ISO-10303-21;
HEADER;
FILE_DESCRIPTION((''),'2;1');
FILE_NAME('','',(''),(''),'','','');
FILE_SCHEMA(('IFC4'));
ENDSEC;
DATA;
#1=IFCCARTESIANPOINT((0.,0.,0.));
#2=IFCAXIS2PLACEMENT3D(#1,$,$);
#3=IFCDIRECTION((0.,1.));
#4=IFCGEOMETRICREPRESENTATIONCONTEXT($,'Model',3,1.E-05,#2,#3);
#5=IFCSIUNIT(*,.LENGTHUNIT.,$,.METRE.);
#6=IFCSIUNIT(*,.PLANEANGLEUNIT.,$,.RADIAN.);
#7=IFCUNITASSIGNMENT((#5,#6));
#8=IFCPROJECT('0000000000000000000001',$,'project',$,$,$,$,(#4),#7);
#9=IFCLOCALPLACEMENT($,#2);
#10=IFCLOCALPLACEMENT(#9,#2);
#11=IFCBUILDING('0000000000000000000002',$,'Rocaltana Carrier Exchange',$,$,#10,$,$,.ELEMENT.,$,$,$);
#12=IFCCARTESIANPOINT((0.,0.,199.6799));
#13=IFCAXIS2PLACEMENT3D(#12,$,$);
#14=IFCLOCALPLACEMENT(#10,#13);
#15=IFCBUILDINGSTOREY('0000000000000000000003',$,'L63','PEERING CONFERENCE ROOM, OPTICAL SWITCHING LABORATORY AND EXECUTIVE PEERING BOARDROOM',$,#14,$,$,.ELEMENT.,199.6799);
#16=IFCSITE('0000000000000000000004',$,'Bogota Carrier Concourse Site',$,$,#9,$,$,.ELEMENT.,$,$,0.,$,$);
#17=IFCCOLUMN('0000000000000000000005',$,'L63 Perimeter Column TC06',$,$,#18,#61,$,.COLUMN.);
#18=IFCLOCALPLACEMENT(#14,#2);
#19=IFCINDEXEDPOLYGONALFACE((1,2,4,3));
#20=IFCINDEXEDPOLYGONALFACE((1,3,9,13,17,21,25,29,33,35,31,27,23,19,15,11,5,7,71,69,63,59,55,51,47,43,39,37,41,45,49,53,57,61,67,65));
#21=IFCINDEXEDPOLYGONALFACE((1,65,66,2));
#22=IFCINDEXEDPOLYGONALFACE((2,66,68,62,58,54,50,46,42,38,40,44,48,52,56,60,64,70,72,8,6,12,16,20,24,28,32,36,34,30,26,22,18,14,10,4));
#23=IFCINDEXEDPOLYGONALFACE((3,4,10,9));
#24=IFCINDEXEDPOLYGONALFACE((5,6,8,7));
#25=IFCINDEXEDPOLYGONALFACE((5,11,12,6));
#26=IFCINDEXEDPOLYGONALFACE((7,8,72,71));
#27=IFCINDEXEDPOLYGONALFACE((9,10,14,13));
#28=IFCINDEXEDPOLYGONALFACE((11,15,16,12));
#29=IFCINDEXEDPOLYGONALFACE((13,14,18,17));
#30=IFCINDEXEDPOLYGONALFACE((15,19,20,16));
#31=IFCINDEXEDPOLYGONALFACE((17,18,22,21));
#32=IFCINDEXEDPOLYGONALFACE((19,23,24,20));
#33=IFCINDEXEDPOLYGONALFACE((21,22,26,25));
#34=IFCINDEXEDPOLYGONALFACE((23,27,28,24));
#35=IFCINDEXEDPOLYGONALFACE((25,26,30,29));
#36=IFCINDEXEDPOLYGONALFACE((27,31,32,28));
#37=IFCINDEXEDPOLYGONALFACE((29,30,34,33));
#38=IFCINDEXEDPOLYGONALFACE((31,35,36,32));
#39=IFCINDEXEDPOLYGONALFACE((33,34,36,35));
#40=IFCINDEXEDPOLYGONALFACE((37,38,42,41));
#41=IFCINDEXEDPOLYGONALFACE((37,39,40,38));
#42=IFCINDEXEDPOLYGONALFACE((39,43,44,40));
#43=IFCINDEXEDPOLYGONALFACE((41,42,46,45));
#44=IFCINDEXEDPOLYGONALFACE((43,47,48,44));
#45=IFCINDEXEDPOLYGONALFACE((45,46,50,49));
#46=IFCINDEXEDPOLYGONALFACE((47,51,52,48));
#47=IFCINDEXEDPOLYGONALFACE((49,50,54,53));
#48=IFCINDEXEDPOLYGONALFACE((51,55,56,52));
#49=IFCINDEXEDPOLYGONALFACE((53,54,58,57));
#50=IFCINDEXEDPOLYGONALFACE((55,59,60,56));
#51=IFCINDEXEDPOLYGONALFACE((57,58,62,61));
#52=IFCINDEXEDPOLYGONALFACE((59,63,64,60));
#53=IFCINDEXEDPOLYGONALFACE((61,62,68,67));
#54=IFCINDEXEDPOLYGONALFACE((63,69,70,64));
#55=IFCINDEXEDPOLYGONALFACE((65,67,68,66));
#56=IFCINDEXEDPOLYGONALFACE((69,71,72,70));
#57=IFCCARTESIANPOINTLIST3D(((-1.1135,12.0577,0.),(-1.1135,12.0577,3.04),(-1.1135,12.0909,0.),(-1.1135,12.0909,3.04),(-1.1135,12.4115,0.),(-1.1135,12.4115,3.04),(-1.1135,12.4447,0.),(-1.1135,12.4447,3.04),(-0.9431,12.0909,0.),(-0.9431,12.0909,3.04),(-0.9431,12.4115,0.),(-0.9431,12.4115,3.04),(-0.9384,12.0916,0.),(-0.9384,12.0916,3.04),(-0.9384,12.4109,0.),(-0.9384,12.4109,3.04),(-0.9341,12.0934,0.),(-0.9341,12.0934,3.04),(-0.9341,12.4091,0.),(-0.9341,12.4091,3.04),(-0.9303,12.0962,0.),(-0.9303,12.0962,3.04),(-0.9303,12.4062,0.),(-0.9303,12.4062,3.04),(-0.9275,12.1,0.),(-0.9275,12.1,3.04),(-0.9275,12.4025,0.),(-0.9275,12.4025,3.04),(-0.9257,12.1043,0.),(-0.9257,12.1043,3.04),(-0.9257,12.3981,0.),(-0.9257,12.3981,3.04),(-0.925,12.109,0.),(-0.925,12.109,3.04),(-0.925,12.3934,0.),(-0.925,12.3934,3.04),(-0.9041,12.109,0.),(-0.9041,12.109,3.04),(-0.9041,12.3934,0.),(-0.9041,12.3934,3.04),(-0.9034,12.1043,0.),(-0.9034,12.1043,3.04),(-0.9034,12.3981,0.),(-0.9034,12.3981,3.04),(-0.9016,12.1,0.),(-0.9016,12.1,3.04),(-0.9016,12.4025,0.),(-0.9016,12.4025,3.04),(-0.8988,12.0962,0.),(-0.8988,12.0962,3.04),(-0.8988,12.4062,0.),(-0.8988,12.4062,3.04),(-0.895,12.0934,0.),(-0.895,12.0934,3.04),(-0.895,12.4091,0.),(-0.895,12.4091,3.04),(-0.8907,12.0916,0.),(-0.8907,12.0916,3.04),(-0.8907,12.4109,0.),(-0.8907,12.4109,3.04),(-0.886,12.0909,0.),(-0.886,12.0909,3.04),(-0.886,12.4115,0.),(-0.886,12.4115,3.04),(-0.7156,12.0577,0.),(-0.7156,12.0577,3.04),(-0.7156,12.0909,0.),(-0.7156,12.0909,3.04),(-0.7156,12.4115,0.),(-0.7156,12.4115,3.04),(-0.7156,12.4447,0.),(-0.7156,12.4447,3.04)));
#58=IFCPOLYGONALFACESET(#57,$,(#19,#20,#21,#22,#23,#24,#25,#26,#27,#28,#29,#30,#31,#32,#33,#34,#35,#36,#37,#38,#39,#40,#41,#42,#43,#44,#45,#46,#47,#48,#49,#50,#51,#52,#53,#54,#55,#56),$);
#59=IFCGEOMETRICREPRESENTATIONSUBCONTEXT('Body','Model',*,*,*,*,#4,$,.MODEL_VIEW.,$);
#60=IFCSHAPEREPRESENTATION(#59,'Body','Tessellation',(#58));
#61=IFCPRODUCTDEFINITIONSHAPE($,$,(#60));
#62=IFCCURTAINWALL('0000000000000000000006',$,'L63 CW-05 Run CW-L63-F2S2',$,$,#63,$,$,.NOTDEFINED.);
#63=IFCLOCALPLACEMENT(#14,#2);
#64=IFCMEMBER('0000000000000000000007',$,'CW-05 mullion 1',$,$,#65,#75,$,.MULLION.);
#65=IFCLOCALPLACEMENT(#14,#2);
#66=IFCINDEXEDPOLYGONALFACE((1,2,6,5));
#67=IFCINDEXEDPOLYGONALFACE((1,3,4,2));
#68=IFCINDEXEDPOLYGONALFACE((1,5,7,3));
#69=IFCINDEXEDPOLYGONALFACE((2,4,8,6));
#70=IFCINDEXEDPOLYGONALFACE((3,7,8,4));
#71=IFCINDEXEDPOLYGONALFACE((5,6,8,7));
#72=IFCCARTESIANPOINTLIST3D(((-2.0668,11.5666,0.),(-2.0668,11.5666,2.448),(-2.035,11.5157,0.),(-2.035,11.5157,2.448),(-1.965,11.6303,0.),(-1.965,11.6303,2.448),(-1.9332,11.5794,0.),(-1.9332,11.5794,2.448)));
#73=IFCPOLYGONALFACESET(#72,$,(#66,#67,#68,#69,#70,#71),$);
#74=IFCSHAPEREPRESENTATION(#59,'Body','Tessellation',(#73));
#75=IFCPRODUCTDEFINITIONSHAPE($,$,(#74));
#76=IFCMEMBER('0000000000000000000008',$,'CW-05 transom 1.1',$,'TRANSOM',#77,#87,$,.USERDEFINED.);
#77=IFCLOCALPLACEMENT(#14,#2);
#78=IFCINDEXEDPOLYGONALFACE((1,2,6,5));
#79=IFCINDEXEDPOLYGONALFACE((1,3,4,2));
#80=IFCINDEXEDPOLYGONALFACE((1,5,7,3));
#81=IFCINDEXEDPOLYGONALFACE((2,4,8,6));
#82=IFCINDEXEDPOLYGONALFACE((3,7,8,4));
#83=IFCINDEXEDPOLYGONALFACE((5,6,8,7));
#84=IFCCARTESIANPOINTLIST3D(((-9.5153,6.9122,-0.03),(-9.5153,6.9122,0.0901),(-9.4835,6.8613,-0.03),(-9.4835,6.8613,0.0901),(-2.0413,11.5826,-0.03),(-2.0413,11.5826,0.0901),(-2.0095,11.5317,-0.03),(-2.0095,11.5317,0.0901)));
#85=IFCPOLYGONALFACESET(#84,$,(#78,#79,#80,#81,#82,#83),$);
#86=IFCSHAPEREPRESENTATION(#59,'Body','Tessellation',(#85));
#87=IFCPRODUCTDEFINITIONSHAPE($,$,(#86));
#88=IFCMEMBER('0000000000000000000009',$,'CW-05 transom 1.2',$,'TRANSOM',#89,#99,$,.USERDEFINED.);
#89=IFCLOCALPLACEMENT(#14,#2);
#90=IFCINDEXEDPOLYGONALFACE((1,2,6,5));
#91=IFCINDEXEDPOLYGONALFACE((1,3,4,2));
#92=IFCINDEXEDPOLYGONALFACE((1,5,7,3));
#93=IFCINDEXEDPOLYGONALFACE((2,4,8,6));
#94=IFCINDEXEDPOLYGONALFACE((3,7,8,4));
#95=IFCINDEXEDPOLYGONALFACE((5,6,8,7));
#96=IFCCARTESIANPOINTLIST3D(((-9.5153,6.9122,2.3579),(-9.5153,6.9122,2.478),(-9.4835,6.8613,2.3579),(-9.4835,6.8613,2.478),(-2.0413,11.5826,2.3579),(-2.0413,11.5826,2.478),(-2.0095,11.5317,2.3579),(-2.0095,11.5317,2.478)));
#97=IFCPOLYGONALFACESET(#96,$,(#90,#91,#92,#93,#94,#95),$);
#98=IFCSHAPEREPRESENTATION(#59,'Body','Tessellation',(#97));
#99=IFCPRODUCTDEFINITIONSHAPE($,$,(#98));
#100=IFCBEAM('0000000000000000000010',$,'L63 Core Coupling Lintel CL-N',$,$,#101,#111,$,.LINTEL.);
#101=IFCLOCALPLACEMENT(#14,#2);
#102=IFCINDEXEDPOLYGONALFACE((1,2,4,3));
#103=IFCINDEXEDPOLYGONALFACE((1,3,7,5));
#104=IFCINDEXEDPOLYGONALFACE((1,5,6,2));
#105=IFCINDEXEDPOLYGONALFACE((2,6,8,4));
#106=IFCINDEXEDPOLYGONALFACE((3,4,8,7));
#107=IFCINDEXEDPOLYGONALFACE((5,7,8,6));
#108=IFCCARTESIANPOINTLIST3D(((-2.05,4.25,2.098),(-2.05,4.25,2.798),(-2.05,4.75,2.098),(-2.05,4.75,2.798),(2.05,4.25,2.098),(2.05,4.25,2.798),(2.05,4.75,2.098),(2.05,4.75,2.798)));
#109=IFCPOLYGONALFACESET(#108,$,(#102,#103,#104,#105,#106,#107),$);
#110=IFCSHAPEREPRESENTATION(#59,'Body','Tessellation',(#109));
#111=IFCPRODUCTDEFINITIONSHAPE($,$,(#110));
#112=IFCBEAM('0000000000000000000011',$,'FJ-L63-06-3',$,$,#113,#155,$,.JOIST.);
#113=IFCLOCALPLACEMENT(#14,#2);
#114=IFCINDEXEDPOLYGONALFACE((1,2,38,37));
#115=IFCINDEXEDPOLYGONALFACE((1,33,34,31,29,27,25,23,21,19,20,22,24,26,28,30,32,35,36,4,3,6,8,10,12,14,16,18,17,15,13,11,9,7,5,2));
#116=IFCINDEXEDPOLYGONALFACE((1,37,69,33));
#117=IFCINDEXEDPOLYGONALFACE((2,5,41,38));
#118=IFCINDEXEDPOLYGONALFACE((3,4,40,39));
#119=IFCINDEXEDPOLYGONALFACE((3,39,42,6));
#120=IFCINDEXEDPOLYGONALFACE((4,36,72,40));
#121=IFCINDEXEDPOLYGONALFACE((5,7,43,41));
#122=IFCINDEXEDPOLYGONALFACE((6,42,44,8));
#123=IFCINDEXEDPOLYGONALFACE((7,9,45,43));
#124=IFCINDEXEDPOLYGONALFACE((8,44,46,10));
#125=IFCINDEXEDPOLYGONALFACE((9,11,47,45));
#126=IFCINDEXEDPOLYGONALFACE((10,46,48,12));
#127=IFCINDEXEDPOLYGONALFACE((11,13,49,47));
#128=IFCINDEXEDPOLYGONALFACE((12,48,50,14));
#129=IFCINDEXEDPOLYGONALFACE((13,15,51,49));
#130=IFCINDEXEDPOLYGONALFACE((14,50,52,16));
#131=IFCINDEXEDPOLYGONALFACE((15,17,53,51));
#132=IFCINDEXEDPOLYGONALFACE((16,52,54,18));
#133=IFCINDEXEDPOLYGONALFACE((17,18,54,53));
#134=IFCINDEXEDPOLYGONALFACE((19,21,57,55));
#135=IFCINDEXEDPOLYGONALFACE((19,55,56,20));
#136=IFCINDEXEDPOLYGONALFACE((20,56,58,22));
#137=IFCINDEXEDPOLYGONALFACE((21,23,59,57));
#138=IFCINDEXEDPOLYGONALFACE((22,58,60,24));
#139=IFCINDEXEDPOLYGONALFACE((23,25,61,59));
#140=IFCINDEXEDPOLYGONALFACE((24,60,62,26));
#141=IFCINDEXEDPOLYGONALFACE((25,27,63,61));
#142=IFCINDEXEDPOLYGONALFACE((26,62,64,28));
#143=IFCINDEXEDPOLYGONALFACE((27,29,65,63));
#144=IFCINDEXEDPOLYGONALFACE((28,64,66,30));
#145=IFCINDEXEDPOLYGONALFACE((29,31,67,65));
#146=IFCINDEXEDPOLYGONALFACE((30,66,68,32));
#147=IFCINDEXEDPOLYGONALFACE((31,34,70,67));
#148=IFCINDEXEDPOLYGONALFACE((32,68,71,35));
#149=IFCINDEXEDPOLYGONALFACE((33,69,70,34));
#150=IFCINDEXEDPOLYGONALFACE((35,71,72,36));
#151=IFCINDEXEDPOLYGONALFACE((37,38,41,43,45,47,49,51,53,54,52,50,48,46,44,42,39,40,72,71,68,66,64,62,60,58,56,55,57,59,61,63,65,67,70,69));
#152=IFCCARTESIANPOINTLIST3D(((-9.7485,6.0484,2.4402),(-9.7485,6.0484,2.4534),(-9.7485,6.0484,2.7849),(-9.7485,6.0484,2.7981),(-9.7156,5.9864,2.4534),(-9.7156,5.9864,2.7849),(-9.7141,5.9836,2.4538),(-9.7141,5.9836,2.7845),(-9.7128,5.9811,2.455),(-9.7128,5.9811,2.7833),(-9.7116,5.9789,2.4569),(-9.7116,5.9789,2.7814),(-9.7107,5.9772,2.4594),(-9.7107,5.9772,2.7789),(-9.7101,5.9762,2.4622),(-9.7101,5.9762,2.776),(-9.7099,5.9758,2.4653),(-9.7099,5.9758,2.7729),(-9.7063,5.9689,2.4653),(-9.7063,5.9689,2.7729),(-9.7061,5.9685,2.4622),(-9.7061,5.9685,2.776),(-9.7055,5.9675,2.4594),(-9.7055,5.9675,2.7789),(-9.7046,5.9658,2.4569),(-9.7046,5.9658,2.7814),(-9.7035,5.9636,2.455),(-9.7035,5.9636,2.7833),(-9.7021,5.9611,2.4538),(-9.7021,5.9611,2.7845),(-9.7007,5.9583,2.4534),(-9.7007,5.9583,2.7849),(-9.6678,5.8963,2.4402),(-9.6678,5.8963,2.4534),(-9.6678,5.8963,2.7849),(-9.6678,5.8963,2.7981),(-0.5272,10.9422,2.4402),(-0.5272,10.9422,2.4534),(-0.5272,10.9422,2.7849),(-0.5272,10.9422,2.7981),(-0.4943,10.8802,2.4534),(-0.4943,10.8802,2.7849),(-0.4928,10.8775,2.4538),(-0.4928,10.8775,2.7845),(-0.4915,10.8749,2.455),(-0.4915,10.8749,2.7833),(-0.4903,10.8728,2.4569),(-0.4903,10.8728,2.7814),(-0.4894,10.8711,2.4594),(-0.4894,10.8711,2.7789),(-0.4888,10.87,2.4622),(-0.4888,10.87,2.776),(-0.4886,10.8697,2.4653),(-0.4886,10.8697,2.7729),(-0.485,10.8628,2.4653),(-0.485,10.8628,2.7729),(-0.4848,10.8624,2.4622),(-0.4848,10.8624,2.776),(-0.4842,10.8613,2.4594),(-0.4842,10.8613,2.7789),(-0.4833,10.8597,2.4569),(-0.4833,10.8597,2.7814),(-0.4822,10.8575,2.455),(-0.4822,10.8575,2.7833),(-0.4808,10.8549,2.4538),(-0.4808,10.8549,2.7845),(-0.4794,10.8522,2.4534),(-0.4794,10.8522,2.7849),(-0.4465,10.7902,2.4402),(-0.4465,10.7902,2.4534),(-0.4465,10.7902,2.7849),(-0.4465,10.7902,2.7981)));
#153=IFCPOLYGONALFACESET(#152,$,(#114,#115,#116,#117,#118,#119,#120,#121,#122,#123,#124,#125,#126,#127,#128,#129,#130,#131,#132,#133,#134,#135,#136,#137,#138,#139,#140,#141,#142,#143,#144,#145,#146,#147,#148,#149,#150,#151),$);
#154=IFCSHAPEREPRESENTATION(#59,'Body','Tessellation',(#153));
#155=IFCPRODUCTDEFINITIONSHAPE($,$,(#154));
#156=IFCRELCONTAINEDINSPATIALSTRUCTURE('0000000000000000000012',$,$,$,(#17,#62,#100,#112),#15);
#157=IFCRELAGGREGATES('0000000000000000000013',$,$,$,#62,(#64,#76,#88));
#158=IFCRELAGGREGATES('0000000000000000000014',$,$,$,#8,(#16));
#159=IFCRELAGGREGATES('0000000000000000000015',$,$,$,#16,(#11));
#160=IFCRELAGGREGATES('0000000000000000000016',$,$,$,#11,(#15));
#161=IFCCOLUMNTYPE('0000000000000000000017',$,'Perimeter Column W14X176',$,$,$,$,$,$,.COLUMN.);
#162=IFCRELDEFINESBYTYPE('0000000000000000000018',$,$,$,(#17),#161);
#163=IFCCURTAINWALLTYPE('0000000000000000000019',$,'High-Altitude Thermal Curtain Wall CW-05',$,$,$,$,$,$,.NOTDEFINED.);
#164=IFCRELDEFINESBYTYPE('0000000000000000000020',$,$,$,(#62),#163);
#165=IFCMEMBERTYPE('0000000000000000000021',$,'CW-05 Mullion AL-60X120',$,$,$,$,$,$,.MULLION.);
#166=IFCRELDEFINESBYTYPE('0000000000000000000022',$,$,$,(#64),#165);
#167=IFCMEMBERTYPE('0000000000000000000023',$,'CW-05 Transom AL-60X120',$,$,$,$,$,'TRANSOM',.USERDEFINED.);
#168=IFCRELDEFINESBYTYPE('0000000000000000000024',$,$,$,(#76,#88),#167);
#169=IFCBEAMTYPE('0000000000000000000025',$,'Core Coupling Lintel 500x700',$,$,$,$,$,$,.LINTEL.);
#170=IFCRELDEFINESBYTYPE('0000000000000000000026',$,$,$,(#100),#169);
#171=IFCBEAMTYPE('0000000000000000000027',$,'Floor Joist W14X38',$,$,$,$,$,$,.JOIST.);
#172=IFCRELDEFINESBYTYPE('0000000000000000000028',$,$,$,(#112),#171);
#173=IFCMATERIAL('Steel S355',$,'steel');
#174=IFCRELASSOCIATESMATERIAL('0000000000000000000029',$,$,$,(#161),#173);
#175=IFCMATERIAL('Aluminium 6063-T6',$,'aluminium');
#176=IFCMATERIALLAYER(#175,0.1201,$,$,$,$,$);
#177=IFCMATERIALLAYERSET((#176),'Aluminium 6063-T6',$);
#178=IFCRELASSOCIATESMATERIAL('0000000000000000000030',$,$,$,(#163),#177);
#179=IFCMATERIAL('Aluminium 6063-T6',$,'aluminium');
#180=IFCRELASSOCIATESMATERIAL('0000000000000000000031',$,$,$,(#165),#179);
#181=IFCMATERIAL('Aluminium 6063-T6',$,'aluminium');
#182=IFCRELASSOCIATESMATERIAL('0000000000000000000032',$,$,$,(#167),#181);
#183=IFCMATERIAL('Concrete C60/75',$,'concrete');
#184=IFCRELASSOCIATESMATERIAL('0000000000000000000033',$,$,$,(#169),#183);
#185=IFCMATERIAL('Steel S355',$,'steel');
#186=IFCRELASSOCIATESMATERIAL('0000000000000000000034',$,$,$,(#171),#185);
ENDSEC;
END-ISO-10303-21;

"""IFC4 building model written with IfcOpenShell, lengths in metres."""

from ifc_helpers import new_model, si_unit, direction, frame, origin, origin_2d, place, context, subcontext, project, spatial, rectangle, i_section, extrude, material, layer, layer_set, material_profile, profile_set, type_object, element, aggregate, save


model = new_model("IFC4")

# Units and contexts
model_context = context("Model", 3, precision=1e-05, world=origin(), true_north=direction((0.0, 1.0)))
body_context = subcontext(model_context, "Body", "Model", "MODEL_VIEW")
ifc_project = project(units=[si_unit("LENGTHUNIT", "METRE"), si_unit("PLANEANGLEUNIT", "RADIAN")], contexts=[model_context])

# Site, building, storey
site_placement = place(None, origin())
site = spatial("IfcSite", under=ifc_project, at=site_placement, Name="Bogota Carrier Concourse Site", CompositionType="ELEMENT", RefElevation=0.0)
building_placement = place(site_placement, origin())
building = spatial("IfcBuilding", under=site, at=building_placement, Name="Rocaltana Carrier Exchange", CompositionType="ELEMENT")
storey_placement = place(building_placement, frame((0.0, 0.0, 199.6799)))
storey = spatial("IfcBuildingStorey", under=building, at=storey_placement, Name="L63", Description="PEERING CONFERENCE ROOM, OPTICAL SWITCHING LABORATORY AND EXECUTIVE PEERING BOARDROOM", CompositionType="ELEMENT", Elevation=199.6799)

# Column
ifc_material_1 = material(Name="Steel S355", Category="steel")
ifc_material_profile_1 = material_profile(ifc_material_1, i_section(OverallWidth=0.3979, OverallDepth=0.387, WebThickness=0.021, FlangeThickness=0.0332, FilletRadius=0.0181, at=origin_2d()), Name="W14X176")
ifc_profile_set_1 = profile_set([ifc_material_profile_1], Name="Steel S355")
column_type = type_object("IfcColumnType", Name="Perimeter Column W14X176", PredefinedType="COLUMN", material=ifc_profile_set_1)
column_placement = place(storey_placement, frame((-0.9146, 12.2512, 0.0), z_axis=(0.0, 0.0, 1.0), x_axis=(1.0, 0.0, 0.0)))
element("IfcColumn", 1, at=column_placement, inside=storey, type_object=column_type, Name="L63 Perimeter Column TC06", PredefinedType="COLUMN", context=body_context, shape_type="SweptSolid", body=[
    extrude(i_section(OverallWidth=0.3979, OverallDepth=0.387, WebThickness=0.021, FlangeThickness=0.0332, FilletRadius=0.0181, at=origin_2d()), origin(), (0.0, 0.0, 1.0), 3.04),
])

# Curtain wall, members
ifc_material_2 = material(Name="Aluminium 6063-T6", Category="aluminium")
ifc_layer_1 = layer(ifc_material_2, 0.1201)
ifc_layer_set_1 = layer_set([ifc_layer_1], Name="Aluminium 6063-T6")
curtain_wall_type = type_object("IfcCurtainWallType", Name="High-Altitude Thermal Curtain Wall CW-05", PredefinedType="NOTDEFINED", material=ifc_layer_set_1)
curtain_wall_placement = place(storey_placement, origin())
curtain_wall = element("IfcCurtainWall", 2, at=curtain_wall_placement, inside=storey, type_object=curtain_wall_type, Name="L63 CW-05 Run CW-L63-F2S2", PredefinedType="NOTDEFINED")
ifc_material_3 = material(Name="Aluminium 6063-T6", Category="aluminium")
ifc_material_profile_2 = material_profile(ifc_material_3, rectangle(XDim=0.0601, YDim=0.1201, at=origin_2d()), Name="AL-60X120")
ifc_profile_set_2 = profile_set([ifc_material_profile_2], Name="Aluminium 6063-T6")
member_type_1 = type_object("IfcMemberType", Name="CW-05 Mullion AL-60X120", PredefinedType="MULLION", material=ifc_profile_set_2)
member_1_placement = place(storey_placement, frame((-2.0, 11.573, 0.0), z_axis=(0.0, 0.0, 1.0), x_axis=(0.52992, -0.848047, 0.0)))
member_1 = element("IfcMember", 3, at=member_1_placement, type_object=member_type_1, Name="CW-05 mullion 1", PredefinedType="MULLION", context=body_context, shape_type="SweptSolid", body=[
    extrude(rectangle(XDim=0.0601, YDim=0.1201, at=origin_2d()), origin(), (0.0, 0.0, 1.0), 2.448),
])
ifc_material_4 = material(Name="Aluminium 6063-T6", Category="aluminium")
ifc_material_profile_3 = material_profile(ifc_material_4, rectangle(XDim=0.0601, YDim=0.1201, at=origin_2d()), Name="AL-60X120")
ifc_profile_set_3 = profile_set([ifc_material_profile_3], Name="Aluminium 6063-T6")
member_type_2 = type_object("IfcMemberType", Name="CW-05 Transom AL-60X120", ElementType="TRANSOM", PredefinedType="USERDEFINED", material=ifc_profile_set_3)
member_2_placement = place(storey_placement, frame((-2.0254, 11.5571, 0.03), z_axis=(-0.848045, -0.529924, 0.0), x_axis=(0.529924, -0.848045, 0.0)))
member_2 = element("IfcMember", 4, at=member_2_placement, type_object=member_type_2, Name="CW-05 transom 1.1", ObjectType="TRANSOM", PredefinedType="USERDEFINED", context=body_context, shape_type="SweptSolid", body=[
    extrude(rectangle(XDim=0.0601, YDim=0.1201, at=origin_2d()), origin(), (0.0, 0.0, 1.0), 8.8132),
])
member_3_placement = place(storey_placement, frame((-2.0254, 11.5571, 2.418), z_axis=(-0.848045, -0.529924, 0.0), x_axis=(0.529924, -0.848045, 0.0)))
member_3 = element("IfcMember", 5, at=member_3_placement, type_object=member_type_2, Name="CW-05 transom 1.2", ObjectType="TRANSOM", PredefinedType="USERDEFINED", context=body_context, shape_type="SweptSolid", body=[
    extrude(rectangle(XDim=0.0601, YDim=0.1201, at=origin_2d()), origin(), (0.0, 0.0, 1.0), 8.8132),
])
aggregate(curtain_wall, [member_1, member_2, member_3])

# Beams
ifc_material_5 = material(Name="Concrete C60/75", Category="concrete")
ifc_material_profile_4 = material_profile(ifc_material_5, rectangle(XDim=0.5, YDim=0.7, at=origin_2d()), Name="RC-BM-500X700")
ifc_profile_set_4 = profile_set([ifc_material_profile_4], Name="Concrete C60/75")
beam_type_1 = type_object("IfcBeamType", Name="Core Coupling Lintel 500x700", PredefinedType="LINTEL", material=ifc_profile_set_4)
beam_1_placement = place(storey_placement, frame((-2.05, 4.5, 2.448), z_axis=(1.0, 0.0, 0.0), x_axis=(0.0, 1.0, 0.0)))
element("IfcBeam", 6, at=beam_1_placement, inside=storey, type_object=beam_type_1, Name="L63 Core Coupling Lintel CL-N", PredefinedType="LINTEL", context=body_context, shape_type="SweptSolid", body=[
    extrude(rectangle(XDim=0.5, YDim=0.7, at=origin_2d()), origin(), (0.0, 0.0, 1.0), 4.1001),
])
ifc_material_6 = material(Name="Steel S355", Category="steel")
ifc_material_profile_5 = material_profile(ifc_material_6, i_section(OverallWidth=0.1721, OverallDepth=0.3579, WebThickness=0.0078, FlangeThickness=0.0132, FilletRadius=0.012, at=origin_2d()), Name="W14X38")
ifc_profile_set_5 = profile_set([ifc_material_profile_5], Name="Steel S355")
beam_type_2 = type_object("IfcBeamType", Name="Floor Joist W14X38", PredefinedType="JOIST", material=ifc_profile_set_5)
beam_2_placement = place(storey_placement, frame((-0.4868, 10.8662, 2.6191), z_axis=(-0.883312, -0.468785, 0.0), x_axis=(0.468785, -0.883312, 0.0)))
element("IfcBeam", 7, at=beam_2_placement, inside=storey, type_object=beam_type_2, Name="FJ-L63-06-3", PredefinedType="JOIST", context=body_context, shape_type="SweptSolid", body=[
    extrude(i_section(OverallWidth=0.1721, OverallDepth=0.3579, WebThickness=0.0078, FlangeThickness=0.0132, FilletRadius=0.012, at=origin_2d()), origin(), (0.0, 0.0, 1.0), 10.4395),
])

save(model, "model.ifc")
